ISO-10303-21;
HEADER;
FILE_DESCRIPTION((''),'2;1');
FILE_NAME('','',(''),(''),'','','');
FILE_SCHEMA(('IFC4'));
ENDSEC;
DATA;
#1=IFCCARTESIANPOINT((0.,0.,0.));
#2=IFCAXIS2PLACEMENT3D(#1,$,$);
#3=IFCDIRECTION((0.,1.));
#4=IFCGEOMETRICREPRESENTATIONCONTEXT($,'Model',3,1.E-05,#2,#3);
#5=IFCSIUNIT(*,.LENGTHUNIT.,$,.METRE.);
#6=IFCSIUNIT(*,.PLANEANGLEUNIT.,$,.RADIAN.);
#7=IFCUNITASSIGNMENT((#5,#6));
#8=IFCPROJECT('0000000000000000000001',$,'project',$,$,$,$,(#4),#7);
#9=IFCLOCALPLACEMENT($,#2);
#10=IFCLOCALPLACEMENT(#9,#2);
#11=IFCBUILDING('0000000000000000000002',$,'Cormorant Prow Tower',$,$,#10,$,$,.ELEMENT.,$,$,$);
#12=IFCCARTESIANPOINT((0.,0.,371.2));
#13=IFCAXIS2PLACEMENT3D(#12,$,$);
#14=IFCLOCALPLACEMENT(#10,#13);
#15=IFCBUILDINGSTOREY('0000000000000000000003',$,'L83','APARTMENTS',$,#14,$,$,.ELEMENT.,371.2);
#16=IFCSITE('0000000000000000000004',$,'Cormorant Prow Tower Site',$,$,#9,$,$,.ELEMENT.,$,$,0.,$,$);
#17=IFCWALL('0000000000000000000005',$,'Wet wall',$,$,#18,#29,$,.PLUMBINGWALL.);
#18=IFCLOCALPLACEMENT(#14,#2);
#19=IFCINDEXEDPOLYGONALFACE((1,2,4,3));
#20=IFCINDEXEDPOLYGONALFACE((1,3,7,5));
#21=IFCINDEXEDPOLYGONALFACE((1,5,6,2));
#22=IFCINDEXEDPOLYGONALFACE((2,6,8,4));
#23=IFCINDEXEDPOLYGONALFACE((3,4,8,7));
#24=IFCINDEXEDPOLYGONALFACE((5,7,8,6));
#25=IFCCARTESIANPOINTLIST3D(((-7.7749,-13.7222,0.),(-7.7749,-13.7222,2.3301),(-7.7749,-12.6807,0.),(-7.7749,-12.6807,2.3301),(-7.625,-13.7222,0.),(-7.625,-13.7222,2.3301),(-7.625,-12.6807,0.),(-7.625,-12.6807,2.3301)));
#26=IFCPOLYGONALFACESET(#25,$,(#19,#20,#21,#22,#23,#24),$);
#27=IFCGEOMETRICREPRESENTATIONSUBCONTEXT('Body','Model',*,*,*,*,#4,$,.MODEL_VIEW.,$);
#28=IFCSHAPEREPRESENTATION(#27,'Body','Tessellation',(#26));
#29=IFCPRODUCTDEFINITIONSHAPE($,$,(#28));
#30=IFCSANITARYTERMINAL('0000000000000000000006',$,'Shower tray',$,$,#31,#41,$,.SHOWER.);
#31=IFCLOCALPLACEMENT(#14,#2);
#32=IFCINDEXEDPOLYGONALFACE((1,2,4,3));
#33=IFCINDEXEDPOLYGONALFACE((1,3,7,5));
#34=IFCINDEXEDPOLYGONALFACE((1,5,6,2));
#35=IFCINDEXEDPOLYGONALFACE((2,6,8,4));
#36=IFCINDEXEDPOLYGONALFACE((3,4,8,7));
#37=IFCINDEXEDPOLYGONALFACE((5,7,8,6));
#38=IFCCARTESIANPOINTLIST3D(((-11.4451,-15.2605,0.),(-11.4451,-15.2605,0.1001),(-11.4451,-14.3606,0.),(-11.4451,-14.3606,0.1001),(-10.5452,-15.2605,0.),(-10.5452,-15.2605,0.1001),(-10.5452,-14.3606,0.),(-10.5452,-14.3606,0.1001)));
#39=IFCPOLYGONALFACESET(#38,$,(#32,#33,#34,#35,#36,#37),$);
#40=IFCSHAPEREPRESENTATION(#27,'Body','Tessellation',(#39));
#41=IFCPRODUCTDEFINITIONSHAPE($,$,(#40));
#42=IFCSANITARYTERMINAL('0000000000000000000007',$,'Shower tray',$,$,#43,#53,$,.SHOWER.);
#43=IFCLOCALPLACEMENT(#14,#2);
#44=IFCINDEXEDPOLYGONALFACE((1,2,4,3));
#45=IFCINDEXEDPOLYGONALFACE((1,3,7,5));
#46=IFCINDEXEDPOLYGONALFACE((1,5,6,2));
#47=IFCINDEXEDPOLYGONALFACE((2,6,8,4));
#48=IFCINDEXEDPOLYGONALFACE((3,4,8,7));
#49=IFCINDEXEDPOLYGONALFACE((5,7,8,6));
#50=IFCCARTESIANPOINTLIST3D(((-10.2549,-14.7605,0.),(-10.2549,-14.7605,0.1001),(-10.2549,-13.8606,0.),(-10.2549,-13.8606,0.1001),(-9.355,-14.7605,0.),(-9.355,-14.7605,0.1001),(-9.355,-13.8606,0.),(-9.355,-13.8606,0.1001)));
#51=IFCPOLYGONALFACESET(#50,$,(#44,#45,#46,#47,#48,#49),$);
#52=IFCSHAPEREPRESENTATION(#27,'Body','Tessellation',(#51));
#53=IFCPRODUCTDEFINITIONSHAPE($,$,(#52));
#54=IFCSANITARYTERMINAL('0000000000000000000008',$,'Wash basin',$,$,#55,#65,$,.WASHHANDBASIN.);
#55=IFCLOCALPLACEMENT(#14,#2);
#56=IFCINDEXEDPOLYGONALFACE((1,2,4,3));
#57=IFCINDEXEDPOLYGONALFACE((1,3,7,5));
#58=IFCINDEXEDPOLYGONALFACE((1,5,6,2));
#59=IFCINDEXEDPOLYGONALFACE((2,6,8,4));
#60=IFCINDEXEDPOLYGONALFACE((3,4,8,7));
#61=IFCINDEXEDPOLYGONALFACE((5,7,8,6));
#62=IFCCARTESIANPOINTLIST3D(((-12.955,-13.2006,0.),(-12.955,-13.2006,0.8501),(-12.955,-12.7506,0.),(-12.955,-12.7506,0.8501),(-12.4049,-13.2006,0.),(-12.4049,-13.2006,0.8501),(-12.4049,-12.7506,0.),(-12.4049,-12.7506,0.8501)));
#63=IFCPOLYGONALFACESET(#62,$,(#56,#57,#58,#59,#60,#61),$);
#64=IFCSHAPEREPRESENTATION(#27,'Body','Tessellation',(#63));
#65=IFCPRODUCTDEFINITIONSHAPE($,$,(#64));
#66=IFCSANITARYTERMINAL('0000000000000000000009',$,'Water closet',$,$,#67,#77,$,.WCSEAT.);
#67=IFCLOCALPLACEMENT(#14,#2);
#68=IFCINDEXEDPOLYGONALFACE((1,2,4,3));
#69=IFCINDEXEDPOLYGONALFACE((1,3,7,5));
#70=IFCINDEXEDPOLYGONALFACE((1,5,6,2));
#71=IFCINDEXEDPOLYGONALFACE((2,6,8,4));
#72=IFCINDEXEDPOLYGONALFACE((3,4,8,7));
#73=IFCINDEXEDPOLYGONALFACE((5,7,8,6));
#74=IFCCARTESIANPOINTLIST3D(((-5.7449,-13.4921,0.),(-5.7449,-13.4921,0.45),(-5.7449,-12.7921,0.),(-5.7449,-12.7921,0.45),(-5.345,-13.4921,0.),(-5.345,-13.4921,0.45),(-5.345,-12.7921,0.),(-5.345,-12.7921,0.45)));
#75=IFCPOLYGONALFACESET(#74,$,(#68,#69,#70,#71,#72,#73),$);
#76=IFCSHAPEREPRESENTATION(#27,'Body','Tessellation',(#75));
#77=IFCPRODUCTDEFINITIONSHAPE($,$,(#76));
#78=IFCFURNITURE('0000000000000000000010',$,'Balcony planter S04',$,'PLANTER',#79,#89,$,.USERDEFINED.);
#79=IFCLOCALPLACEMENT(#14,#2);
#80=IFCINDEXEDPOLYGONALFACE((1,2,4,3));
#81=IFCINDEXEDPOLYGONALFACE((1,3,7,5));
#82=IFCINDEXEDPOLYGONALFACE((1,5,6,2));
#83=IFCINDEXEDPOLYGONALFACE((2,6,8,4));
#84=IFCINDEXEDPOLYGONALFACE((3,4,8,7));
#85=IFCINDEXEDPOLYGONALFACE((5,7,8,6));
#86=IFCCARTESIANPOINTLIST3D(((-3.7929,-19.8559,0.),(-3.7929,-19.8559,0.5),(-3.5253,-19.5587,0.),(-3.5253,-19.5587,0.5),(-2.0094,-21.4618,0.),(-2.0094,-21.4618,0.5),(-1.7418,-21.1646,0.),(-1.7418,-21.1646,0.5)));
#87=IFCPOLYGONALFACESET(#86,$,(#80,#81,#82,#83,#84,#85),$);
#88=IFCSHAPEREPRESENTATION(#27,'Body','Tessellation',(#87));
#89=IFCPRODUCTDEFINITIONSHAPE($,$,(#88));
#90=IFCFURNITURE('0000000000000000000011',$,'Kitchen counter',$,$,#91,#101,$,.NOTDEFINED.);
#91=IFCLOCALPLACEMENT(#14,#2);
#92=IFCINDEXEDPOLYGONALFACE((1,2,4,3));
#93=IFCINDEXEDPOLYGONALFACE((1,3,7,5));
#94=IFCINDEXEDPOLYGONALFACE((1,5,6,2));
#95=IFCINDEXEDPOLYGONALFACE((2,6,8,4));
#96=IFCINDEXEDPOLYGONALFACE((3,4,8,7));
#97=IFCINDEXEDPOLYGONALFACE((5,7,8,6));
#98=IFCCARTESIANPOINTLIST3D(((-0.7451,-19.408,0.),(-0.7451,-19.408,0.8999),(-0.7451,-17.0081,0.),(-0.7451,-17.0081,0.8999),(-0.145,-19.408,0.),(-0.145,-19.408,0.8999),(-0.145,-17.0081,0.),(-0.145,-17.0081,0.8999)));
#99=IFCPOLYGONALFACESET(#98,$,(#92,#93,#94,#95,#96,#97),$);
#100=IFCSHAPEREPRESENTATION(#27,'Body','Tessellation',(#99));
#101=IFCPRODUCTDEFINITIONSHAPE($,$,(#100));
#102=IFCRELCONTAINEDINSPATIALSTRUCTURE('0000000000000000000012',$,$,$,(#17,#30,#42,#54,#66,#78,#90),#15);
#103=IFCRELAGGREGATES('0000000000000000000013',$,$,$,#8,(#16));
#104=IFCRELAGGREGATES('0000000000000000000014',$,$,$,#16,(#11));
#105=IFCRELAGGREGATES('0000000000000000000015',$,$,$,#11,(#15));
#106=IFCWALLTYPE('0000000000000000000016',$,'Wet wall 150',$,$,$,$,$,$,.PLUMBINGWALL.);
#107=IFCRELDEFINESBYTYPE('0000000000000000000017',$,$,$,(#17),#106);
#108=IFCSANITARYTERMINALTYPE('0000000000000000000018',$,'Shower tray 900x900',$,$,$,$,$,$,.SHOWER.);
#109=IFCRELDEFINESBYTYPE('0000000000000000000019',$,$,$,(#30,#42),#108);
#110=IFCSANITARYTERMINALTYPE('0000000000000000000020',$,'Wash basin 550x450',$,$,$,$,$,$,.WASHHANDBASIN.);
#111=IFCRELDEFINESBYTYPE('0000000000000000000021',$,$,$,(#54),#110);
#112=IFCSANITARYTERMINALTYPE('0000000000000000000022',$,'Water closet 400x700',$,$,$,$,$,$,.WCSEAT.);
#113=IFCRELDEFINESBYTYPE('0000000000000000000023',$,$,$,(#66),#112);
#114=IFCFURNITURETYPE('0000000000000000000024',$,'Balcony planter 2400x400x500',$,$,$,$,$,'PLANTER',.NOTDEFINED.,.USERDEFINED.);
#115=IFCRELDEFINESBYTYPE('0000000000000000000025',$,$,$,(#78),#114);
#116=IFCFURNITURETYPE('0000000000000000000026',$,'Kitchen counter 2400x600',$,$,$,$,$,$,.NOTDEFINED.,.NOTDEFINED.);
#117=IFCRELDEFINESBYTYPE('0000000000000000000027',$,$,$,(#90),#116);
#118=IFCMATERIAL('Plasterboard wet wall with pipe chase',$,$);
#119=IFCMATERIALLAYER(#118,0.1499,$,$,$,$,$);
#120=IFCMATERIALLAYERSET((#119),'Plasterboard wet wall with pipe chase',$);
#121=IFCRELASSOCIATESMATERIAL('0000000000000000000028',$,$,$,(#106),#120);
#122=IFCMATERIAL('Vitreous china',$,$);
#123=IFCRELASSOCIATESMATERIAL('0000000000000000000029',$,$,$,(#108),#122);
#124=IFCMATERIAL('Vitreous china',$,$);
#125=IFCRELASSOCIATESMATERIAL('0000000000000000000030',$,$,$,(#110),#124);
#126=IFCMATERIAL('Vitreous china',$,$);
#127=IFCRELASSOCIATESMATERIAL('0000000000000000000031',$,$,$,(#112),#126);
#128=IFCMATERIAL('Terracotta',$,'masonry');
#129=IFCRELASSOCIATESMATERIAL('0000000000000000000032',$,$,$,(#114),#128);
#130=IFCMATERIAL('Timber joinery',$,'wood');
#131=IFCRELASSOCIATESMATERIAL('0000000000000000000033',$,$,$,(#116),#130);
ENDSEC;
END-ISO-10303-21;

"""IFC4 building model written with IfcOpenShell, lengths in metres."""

from ifc_helpers import new_model, si_unit, direction, frame, frame_2d, origin, origin_2d, place, context, subcontext, project, spatial, rectangle, extrude, material, layer, layer_set, type_object, element, save


model = new_model("IFC4")

# Units and contexts
model_context = context("Model", 3, precision=1e-05, world=origin(), true_north=direction((0.0, 1.0)))
body_context = subcontext(model_context, "Body", "Model", "MODEL_VIEW")
ifc_project = project(units=[si_unit("LENGTHUNIT", "METRE"), si_unit("PLANEANGLEUNIT", "RADIAN")], contexts=[model_context])

# Site, building, storey
site_placement = place(None, origin())
site = spatial("IfcSite", under=ifc_project, at=site_placement, Name="Cormorant Prow Tower Site", CompositionType="ELEMENT", RefElevation=0.0)
building_placement = place(site_placement, origin())
building = spatial("IfcBuilding", under=site, at=building_placement, Name="Cormorant Prow Tower", CompositionType="ELEMENT")
storey_placement = place(building_placement, frame((0.0, 0.0, 371.2)))
storey = spatial("IfcBuildingStorey", under=building, at=storey_placement, Name="L83", Description="APARTMENTS", CompositionType="ELEMENT", Elevation=371.2)

# Wall
ifc_material_1 = material(Name="Plasterboard wet wall with pipe chase")
ifc_layer_1 = layer(ifc_material_1, 0.1499)
ifc_layer_set_1 = layer_set([ifc_layer_1], Name="Plasterboard wet wall with pipe chase")
wall_type_1 = type_object("IfcWallType", Name="Wet wall 150", PredefinedType="PLUMBINGWALL", material=ifc_layer_set_1)
wall_1_placement = place(storey_placement, frame((-7.7, -13.7222, 0.0), z_axis=(0.0, 0.0, 1.0), x_axis=(0.0, 1.0, 0.0)))
element("IfcWall", 1, at=wall_1_placement, inside=storey, type_object=wall_type_1, Name="Wet wall", PredefinedType="PLUMBINGWALL", context=body_context, shape_type="SweptSolid", body=[
    extrude(rectangle(XDim=1.0415, YDim=0.1499, at=frame_2d((0.5208, 0.0))), origin(), (0.0, 0.0, 1.0), 2.3301),
])

# Sanitary terminals
ifc_material_2 = material(Name="Vitreous china")
sanitary_terminal_type_1 = type_object("IfcSanitaryTerminalType", Name="Shower tray 900x900", PredefinedType="SHOWER", material=ifc_material_2)
for number, where, z_axis, x_axis, name in (
    (2, (-10.9951, -14.8105, 0.0), (0.0, 0.0, 1.0), (-1.0, 0.0, 0.0), "Shower tray"),
    (3, (-9.8049, -14.3105, 0.0), (0.0, 0.0, 1.0), (1.0, 0.0, 0.0), "Shower tray"),
):
    element("IfcSanitaryTerminal", number, at=place(storey_placement, frame(where, z_axis=z_axis, x_axis=x_axis)), inside=storey, type_object=sanitary_terminal_type_1, Name=name, PredefinedType="SHOWER", context=body_context, shape_type="SweptSolid", body=[
        extrude(rectangle(XDim=0.8999, YDim=0.8999, at=origin_2d()), origin(), (0.0, 0.0, 1.0), 0.1001),
    ])
ifc_material_3 = material(Name="Vitreous china")
sanitary_terminal_type_2 = type_object("IfcSanitaryTerminalType", Name="Wash basin 550x450", PredefinedType="WASHHANDBASIN", material=ifc_material_3)
sanitary_terminal_1_placement = place(storey_placement, frame((-12.6799, -12.9756, 0.0), z_axis=(0.0, 0.0, 1.0), x_axis=(1.0, 0.0, 0.0)))
element("IfcSanitaryTerminal", 4, at=sanitary_terminal_1_placement, inside=storey, type_object=sanitary_terminal_type_2, Name="Wash basin", PredefinedType="WASHHANDBASIN", context=body_context, shape_type="SweptSolid", body=[
    extrude(rectangle(XDim=0.55, YDim=0.45, at=origin_2d()), origin(), (0.0, 0.0, 1.0), 0.8501),
])
ifc_material_4 = material(Name="Vitreous china")
sanitary_terminal_type_3 = type_object("IfcSanitaryTerminalType", Name="Water closet 400x700", PredefinedType="WCSEAT", material=ifc_material_4)
sanitary_terminal_2_placement = place(storey_placement, frame((-5.5449, -13.1421, 0.0), z_axis=(0.0, 0.0, 1.0), x_axis=(-1.0, 0.0, 0.0)))
element("IfcSanitaryTerminal", 5, at=sanitary_terminal_2_placement, inside=storey, type_object=sanitary_terminal_type_3, Name="Water closet", PredefinedType="WCSEAT", context=body_context, shape_type="SweptSolid", body=[
    extrude(rectangle(XDim=0.3999, YDim=0.7, at=origin_2d()), origin(), (0.0, 0.0, 1.0), 0.45),
])

# Furniture
ifc_material_5 = material(Name="Terracotta", Category="masonry")
furniture_type_1 = type_object("IfcFurnitureType", Name="Balcony planter 2400x400x500", ElementType="PLANTER", AssemblyPlace="NOTDEFINED", PredefinedType="USERDEFINED", material=ifc_material_5)
furniture_1_placement = place(storey_placement, frame((-2.7673, -20.5103, 0.0), z_axis=(0.0, 0.0, 1.0), x_axis=(0.743145, -0.669131, 0.0)))
element("IfcFurniture", 6, at=furniture_1_placement, inside=storey, type_object=furniture_type_1, Name="Balcony planter S04", ObjectType="PLANTER", PredefinedType="USERDEFINED", context=body_context, shape_type="SweptSolid", body=[
    extrude(rectangle(XDim=2.3999, YDim=0.3999, at=origin_2d()), origin(), (0.0, 0.0, 1.0), 0.5),
])
ifc_material_6 = material(Name="Timber joinery", Category="wood")
furniture_type_2 = type_object("IfcFurnitureType", Name="Kitchen counter 2400x600", AssemblyPlace="NOTDEFINED", PredefinedType="NOTDEFINED", material=ifc_material_6)
furniture_2_placement = place(storey_placement, frame((-0.4451, -18.208, 0.0), z_axis=(0.0, 0.0, 1.0), x_axis=(0.0, -1.0, 0.0)))
element("IfcFurniture", 7, at=furniture_2_placement, inside=storey, type_object=furniture_type_2, Name="Kitchen counter", PredefinedType="NOTDEFINED", context=body_context, shape_type="SweptSolid", body=[
    extrude(rectangle(XDim=2.3999, YDim=0.6001, at=origin_2d()), origin(), (0.0, 0.0, 1.0), 0.8999),
])

save(model, "model.ifc")
